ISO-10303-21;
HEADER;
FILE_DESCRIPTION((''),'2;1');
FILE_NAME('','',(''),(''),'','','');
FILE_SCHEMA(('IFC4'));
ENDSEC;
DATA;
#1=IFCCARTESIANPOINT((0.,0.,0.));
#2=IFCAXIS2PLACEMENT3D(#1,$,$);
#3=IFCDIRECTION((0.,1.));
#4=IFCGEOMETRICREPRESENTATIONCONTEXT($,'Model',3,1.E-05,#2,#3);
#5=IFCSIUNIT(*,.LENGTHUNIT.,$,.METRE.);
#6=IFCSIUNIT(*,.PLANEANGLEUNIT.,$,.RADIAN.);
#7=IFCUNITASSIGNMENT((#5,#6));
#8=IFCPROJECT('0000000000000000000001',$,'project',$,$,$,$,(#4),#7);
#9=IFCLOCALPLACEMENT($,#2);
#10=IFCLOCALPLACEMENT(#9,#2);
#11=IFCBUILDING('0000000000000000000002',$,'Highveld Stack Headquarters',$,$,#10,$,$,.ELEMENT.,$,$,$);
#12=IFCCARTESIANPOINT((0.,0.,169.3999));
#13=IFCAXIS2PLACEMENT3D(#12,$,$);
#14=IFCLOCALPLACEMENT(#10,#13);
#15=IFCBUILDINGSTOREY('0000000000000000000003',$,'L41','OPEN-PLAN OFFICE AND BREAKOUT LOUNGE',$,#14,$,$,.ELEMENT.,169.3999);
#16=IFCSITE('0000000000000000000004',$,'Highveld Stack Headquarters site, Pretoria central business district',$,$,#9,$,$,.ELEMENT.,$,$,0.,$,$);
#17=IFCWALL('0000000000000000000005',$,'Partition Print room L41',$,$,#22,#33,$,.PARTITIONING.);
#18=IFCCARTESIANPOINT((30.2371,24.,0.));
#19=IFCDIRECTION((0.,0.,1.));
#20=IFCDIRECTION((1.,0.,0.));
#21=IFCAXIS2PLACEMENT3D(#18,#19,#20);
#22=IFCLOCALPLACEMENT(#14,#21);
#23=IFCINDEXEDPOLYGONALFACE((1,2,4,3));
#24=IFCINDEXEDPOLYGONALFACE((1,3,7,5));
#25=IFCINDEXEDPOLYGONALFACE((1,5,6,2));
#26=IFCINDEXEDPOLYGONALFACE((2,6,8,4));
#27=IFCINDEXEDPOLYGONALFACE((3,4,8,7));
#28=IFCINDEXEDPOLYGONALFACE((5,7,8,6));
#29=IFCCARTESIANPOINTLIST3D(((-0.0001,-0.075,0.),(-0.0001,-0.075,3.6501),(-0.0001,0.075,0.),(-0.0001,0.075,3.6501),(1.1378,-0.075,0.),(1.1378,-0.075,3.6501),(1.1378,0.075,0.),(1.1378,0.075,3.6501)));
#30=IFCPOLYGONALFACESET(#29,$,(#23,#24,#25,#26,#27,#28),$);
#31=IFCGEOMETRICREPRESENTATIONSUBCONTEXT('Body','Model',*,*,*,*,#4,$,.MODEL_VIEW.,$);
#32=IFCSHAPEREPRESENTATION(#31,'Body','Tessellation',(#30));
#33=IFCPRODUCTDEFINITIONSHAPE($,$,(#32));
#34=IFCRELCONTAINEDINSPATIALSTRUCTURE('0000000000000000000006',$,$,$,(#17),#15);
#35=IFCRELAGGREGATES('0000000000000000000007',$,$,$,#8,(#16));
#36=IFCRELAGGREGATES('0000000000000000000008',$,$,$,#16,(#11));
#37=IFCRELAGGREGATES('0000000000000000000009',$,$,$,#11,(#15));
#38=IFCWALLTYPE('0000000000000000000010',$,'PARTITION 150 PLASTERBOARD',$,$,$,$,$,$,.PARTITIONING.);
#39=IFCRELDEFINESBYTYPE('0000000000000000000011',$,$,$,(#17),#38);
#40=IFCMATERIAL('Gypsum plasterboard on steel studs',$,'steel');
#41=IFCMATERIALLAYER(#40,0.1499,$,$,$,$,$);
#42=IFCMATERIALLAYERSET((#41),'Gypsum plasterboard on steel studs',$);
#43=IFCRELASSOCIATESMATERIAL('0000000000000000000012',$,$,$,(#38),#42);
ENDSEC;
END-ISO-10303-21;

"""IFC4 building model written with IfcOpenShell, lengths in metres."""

from ifc_helpers import new_model, si_unit, direction, frame, frame_2d, origin, place, context, subcontext, project, spatial, rectangle, extrude, material, layer, layer_set, type_object, element, save


model = new_model("IFC4")

# Units and contexts
model_context = context("Model", 3, precision=1e-05, world=origin(), true_north=direction((0.0, 1.0)))
body_context = subcontext(model_context, "Body", "Model", "MODEL_VIEW")
ifc_project = project(units=[si_unit("LENGTHUNIT", "METRE"), si_unit("PLANEANGLEUNIT", "RADIAN")], contexts=[model_context])

# Site, building, storey
site_placement = place(None, origin())
site = spatial("IfcSite", under=ifc_project, at=site_placement, Name="Highveld Stack Headquarters site, Pretoria central business district", CompositionType="ELEMENT", RefElevation=0.0)
building_placement = place(site_placement, origin())
building = spatial("IfcBuilding", under=site, at=building_placement, Name="Highveld Stack Headquarters", CompositionType="ELEMENT")
storey_placement = place(building_placement, frame((0.0, 0.0, 169.3999)))
storey = spatial("IfcBuildingStorey", under=building, at=storey_placement, Name="L41", Description="OPEN-PLAN OFFICE AND BREAKOUT LOUNGE", CompositionType="ELEMENT", Elevation=169.3999)

# Wall
ifc_material_1 = material(Name="Gypsum plasterboard on steel studs", Category="steel")
ifc_layer_1 = layer(ifc_material_1, 0.1499)
ifc_layer_set_1 = layer_set([ifc_layer_1], Name="Gypsum plasterboard on steel studs")
wall_type = type_object("IfcWallType", Name="PARTITION 150 PLASTERBOARD", PredefinedType="PARTITIONING", material=ifc_layer_set_1)
wall_1_placement = place(storey_placement, frame((30.2371, 24.0, 0.0), z_axis=(0.0, 0.0, 1.0), x_axis=(1.0, 0.0, 0.0)))
element("IfcWall", 1, at=wall_1_placement, inside=storey, type_object=wall_type, Name="Partition Print room L41", PredefinedType="PARTITIONING", context=body_context, shape_type="SweptSolid", body=[
    extrude(rectangle(XDim=1.1379, YDim=0.1499, at=frame_2d((0.5688, 0.0))), origin(), (0.0, 0.0, 1.0), 3.6501),
])

save(model, "model.ifc")
